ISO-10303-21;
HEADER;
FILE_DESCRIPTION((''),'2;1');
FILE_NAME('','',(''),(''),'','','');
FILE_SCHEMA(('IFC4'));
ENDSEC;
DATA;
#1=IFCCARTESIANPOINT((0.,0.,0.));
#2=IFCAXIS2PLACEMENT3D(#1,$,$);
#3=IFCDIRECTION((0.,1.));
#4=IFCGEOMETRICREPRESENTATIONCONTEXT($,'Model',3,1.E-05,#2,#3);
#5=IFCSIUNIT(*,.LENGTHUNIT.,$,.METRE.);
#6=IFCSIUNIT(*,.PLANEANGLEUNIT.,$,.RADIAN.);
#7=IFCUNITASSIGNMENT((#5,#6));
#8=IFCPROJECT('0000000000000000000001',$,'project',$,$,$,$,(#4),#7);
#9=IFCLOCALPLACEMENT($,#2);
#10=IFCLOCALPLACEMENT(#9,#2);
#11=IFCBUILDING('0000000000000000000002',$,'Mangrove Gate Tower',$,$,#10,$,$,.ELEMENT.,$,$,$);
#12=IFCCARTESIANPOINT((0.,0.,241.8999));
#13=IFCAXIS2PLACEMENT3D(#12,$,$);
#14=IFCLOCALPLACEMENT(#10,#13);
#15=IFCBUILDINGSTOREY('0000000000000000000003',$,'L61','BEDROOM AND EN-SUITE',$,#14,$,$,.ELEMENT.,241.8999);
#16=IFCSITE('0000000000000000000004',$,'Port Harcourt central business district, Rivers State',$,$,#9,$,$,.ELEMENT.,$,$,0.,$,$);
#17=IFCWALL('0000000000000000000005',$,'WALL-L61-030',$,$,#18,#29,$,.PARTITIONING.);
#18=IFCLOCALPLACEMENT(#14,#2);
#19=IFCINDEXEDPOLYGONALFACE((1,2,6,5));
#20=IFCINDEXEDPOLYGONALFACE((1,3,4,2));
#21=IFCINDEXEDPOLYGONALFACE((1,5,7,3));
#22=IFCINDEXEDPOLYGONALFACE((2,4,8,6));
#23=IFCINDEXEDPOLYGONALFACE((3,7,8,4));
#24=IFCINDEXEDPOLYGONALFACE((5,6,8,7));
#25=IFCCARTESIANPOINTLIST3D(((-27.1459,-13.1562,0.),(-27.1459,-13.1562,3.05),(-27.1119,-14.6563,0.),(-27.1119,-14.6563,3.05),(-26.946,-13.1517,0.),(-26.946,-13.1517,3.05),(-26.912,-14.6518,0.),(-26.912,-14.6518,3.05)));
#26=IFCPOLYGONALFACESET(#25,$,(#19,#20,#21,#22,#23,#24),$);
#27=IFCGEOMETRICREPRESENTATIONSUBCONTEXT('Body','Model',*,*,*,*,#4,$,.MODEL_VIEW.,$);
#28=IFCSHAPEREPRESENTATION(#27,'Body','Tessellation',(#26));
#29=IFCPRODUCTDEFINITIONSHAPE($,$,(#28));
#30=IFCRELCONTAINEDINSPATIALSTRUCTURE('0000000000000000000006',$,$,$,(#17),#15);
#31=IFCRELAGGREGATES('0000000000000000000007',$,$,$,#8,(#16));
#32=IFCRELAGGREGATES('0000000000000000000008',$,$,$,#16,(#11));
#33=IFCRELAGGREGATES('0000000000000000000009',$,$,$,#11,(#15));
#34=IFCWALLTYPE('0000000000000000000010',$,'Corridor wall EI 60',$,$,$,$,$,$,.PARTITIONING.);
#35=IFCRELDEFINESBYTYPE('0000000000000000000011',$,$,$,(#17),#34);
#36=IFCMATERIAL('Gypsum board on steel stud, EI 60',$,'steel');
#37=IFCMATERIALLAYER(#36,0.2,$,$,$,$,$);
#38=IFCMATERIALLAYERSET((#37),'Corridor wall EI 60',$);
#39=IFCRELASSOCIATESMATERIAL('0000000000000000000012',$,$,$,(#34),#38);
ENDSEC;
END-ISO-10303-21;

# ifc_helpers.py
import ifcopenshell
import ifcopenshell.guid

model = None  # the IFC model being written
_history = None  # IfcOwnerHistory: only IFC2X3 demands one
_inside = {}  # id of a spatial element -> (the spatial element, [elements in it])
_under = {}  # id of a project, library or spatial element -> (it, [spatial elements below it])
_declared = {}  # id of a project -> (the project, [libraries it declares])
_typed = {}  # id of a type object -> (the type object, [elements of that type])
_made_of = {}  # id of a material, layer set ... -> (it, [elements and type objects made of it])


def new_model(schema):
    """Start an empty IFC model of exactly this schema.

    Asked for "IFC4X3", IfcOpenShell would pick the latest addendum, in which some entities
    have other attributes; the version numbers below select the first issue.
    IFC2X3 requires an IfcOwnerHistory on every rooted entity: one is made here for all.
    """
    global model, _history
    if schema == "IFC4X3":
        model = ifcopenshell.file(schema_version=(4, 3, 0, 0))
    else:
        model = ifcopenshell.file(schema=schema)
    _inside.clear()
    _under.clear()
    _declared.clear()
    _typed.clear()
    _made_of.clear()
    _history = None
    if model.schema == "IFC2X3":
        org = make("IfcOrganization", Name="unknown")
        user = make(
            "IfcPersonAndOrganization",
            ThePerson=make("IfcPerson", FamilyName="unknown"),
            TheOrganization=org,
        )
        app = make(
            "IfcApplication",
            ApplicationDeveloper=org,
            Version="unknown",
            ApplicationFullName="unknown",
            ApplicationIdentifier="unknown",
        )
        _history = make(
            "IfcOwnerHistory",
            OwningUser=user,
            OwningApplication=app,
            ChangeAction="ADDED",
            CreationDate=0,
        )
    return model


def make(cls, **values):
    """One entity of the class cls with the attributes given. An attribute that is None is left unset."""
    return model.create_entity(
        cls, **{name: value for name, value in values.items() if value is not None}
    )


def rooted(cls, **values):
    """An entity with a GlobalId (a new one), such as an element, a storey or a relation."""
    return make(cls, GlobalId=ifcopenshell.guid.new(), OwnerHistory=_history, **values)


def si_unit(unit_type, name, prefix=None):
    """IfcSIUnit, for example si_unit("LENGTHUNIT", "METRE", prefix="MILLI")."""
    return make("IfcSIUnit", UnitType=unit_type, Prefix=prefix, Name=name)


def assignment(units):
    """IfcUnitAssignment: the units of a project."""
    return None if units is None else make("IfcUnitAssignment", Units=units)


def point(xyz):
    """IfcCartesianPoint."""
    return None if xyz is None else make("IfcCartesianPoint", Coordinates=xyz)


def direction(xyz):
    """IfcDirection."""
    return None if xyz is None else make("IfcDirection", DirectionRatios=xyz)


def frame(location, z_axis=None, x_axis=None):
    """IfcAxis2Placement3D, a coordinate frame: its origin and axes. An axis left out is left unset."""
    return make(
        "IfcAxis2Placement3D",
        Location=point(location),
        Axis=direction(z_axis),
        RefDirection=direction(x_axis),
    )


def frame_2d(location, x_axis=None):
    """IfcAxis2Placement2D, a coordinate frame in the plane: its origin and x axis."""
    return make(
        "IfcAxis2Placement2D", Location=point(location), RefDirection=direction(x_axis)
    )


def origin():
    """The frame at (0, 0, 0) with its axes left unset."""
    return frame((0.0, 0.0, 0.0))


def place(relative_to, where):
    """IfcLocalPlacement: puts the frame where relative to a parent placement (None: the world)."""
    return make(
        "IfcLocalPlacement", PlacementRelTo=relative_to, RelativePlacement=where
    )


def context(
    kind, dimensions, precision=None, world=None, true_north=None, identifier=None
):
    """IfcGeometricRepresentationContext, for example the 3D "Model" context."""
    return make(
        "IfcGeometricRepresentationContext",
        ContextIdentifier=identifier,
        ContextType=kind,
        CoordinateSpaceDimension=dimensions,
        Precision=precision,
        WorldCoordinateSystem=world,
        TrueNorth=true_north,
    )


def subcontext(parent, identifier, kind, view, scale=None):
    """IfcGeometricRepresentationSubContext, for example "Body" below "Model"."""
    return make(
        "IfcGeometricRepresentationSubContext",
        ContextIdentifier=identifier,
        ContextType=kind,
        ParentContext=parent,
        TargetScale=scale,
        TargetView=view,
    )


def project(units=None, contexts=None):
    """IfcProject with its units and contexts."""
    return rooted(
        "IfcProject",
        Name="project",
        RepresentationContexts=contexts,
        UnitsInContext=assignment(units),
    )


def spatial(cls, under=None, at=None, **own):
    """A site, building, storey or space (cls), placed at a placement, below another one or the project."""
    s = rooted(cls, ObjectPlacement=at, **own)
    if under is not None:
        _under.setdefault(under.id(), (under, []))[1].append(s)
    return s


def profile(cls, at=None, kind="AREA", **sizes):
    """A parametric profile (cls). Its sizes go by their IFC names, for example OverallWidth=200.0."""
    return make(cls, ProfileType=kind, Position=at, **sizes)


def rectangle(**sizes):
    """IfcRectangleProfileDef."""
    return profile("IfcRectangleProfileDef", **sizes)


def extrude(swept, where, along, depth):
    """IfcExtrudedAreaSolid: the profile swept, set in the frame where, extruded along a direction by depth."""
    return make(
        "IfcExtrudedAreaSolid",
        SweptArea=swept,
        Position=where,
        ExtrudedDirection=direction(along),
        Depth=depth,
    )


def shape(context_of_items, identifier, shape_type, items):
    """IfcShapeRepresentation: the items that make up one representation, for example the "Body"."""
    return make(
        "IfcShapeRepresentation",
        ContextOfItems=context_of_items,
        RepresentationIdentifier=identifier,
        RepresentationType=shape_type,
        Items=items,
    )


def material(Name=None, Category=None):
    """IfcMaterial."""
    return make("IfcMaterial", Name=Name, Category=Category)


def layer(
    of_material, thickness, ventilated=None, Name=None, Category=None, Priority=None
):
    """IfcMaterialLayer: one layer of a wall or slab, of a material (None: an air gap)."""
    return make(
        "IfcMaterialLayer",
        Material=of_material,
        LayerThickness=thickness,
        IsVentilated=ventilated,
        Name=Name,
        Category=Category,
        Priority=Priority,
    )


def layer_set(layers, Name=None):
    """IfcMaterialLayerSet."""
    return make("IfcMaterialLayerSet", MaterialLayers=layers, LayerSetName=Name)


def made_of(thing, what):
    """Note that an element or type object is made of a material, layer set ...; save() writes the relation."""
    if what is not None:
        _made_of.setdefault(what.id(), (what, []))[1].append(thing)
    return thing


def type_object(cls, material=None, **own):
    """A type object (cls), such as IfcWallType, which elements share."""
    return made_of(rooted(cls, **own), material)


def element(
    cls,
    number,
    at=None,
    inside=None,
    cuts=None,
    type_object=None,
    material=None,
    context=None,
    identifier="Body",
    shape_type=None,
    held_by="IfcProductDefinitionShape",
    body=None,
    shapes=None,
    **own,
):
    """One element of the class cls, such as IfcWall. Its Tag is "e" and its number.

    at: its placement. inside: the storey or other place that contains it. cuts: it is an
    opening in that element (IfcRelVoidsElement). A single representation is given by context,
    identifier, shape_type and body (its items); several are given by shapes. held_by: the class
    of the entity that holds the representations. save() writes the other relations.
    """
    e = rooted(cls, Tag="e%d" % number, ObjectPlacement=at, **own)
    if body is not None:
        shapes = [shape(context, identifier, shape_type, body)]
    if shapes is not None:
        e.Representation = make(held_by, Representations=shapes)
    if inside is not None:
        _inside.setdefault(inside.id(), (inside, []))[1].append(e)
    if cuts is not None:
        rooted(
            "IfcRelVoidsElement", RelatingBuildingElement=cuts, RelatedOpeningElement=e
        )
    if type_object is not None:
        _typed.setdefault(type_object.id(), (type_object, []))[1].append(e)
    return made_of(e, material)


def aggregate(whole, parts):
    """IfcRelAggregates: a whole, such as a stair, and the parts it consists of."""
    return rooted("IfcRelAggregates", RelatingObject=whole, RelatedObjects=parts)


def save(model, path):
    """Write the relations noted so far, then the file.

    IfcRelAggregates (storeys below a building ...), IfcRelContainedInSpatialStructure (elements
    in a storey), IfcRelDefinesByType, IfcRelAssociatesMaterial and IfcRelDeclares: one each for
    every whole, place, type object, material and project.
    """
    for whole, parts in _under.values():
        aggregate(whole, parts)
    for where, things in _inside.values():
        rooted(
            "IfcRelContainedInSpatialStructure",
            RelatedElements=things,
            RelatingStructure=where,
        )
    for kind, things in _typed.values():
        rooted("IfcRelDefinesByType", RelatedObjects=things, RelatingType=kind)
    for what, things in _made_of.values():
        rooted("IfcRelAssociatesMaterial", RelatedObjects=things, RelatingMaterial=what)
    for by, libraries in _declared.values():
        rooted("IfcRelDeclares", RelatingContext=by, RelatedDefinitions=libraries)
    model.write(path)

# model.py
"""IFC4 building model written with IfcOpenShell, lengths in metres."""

from ifc_helpers import new_model, si_unit, direction, frame, frame_2d, origin, place, context, subcontext, project, spatial, rectangle, extrude, material, layer, layer_set, type_object, element, save


model = new_model("IFC4")

# Units and contexts
model_context = context("Model", 3, precision=1e-05, world=origin(), true_north=direction((0.0, 1.0)))
body_context = subcontext(model_context, "Body", "Model", "MODEL_VIEW")
ifc_project = project(units=[si_unit("LENGTHUNIT", "METRE"), si_unit("PLANEANGLEUNIT", "RADIAN")], contexts=[model_context])

# Site, building, storey
site_placement = place(None, origin())
site = spatial("IfcSite", under=ifc_project, at=site_placement, Name="Port Harcourt central business district, Rivers State", CompositionType="ELEMENT", RefElevation=0.0)
building_placement = place(site_placement, origin())
building = spatial("IfcBuilding", under=site, at=building_placement, Name="Mangrove Gate Tower", CompositionType="ELEMENT")
storey_placement = place(building_placement, frame((0.0, 0.0, 241.8999)))
storey = spatial("IfcBuildingStorey", under=building, at=storey_placement, Name="L61", Description="BEDROOM AND EN-SUITE", CompositionType="ELEMENT", Elevation=241.8999)

# Wall
ifc_material_1 = material(Name="Gypsum board on steel stud, EI 60", Category="steel")
ifc_layer = layer(ifc_material_1, 0.2)
ifc_layer_set = layer_set([ifc_layer], Name="Corridor wall EI 60")
wall_type = type_object("IfcWallType", Name="Corridor wall EI 60", PredefinedType="PARTITIONING", material=ifc_layer_set)
wall_1_placement = place(storey_placement, frame((-27.012, -14.6541, 0.0), z_axis=(0.0, 0.0, 1.0), x_axis=(-0.022618, 0.999744, 0.0)))
element("IfcWall", 1, at=wall_1_placement, inside=storey, type_object=wall_type, Name="WALL-L61-030", PredefinedType="PARTITIONING", context=body_context, shape_type="SweptSolid", body=[
    extrude(rectangle(XDim=1.5005, YDim=0.2, at=frame_2d((0.7502, 0.0))), origin(), (0.0, 0.0, 1.0), 3.05),
])

save(model, "model.ifc")
